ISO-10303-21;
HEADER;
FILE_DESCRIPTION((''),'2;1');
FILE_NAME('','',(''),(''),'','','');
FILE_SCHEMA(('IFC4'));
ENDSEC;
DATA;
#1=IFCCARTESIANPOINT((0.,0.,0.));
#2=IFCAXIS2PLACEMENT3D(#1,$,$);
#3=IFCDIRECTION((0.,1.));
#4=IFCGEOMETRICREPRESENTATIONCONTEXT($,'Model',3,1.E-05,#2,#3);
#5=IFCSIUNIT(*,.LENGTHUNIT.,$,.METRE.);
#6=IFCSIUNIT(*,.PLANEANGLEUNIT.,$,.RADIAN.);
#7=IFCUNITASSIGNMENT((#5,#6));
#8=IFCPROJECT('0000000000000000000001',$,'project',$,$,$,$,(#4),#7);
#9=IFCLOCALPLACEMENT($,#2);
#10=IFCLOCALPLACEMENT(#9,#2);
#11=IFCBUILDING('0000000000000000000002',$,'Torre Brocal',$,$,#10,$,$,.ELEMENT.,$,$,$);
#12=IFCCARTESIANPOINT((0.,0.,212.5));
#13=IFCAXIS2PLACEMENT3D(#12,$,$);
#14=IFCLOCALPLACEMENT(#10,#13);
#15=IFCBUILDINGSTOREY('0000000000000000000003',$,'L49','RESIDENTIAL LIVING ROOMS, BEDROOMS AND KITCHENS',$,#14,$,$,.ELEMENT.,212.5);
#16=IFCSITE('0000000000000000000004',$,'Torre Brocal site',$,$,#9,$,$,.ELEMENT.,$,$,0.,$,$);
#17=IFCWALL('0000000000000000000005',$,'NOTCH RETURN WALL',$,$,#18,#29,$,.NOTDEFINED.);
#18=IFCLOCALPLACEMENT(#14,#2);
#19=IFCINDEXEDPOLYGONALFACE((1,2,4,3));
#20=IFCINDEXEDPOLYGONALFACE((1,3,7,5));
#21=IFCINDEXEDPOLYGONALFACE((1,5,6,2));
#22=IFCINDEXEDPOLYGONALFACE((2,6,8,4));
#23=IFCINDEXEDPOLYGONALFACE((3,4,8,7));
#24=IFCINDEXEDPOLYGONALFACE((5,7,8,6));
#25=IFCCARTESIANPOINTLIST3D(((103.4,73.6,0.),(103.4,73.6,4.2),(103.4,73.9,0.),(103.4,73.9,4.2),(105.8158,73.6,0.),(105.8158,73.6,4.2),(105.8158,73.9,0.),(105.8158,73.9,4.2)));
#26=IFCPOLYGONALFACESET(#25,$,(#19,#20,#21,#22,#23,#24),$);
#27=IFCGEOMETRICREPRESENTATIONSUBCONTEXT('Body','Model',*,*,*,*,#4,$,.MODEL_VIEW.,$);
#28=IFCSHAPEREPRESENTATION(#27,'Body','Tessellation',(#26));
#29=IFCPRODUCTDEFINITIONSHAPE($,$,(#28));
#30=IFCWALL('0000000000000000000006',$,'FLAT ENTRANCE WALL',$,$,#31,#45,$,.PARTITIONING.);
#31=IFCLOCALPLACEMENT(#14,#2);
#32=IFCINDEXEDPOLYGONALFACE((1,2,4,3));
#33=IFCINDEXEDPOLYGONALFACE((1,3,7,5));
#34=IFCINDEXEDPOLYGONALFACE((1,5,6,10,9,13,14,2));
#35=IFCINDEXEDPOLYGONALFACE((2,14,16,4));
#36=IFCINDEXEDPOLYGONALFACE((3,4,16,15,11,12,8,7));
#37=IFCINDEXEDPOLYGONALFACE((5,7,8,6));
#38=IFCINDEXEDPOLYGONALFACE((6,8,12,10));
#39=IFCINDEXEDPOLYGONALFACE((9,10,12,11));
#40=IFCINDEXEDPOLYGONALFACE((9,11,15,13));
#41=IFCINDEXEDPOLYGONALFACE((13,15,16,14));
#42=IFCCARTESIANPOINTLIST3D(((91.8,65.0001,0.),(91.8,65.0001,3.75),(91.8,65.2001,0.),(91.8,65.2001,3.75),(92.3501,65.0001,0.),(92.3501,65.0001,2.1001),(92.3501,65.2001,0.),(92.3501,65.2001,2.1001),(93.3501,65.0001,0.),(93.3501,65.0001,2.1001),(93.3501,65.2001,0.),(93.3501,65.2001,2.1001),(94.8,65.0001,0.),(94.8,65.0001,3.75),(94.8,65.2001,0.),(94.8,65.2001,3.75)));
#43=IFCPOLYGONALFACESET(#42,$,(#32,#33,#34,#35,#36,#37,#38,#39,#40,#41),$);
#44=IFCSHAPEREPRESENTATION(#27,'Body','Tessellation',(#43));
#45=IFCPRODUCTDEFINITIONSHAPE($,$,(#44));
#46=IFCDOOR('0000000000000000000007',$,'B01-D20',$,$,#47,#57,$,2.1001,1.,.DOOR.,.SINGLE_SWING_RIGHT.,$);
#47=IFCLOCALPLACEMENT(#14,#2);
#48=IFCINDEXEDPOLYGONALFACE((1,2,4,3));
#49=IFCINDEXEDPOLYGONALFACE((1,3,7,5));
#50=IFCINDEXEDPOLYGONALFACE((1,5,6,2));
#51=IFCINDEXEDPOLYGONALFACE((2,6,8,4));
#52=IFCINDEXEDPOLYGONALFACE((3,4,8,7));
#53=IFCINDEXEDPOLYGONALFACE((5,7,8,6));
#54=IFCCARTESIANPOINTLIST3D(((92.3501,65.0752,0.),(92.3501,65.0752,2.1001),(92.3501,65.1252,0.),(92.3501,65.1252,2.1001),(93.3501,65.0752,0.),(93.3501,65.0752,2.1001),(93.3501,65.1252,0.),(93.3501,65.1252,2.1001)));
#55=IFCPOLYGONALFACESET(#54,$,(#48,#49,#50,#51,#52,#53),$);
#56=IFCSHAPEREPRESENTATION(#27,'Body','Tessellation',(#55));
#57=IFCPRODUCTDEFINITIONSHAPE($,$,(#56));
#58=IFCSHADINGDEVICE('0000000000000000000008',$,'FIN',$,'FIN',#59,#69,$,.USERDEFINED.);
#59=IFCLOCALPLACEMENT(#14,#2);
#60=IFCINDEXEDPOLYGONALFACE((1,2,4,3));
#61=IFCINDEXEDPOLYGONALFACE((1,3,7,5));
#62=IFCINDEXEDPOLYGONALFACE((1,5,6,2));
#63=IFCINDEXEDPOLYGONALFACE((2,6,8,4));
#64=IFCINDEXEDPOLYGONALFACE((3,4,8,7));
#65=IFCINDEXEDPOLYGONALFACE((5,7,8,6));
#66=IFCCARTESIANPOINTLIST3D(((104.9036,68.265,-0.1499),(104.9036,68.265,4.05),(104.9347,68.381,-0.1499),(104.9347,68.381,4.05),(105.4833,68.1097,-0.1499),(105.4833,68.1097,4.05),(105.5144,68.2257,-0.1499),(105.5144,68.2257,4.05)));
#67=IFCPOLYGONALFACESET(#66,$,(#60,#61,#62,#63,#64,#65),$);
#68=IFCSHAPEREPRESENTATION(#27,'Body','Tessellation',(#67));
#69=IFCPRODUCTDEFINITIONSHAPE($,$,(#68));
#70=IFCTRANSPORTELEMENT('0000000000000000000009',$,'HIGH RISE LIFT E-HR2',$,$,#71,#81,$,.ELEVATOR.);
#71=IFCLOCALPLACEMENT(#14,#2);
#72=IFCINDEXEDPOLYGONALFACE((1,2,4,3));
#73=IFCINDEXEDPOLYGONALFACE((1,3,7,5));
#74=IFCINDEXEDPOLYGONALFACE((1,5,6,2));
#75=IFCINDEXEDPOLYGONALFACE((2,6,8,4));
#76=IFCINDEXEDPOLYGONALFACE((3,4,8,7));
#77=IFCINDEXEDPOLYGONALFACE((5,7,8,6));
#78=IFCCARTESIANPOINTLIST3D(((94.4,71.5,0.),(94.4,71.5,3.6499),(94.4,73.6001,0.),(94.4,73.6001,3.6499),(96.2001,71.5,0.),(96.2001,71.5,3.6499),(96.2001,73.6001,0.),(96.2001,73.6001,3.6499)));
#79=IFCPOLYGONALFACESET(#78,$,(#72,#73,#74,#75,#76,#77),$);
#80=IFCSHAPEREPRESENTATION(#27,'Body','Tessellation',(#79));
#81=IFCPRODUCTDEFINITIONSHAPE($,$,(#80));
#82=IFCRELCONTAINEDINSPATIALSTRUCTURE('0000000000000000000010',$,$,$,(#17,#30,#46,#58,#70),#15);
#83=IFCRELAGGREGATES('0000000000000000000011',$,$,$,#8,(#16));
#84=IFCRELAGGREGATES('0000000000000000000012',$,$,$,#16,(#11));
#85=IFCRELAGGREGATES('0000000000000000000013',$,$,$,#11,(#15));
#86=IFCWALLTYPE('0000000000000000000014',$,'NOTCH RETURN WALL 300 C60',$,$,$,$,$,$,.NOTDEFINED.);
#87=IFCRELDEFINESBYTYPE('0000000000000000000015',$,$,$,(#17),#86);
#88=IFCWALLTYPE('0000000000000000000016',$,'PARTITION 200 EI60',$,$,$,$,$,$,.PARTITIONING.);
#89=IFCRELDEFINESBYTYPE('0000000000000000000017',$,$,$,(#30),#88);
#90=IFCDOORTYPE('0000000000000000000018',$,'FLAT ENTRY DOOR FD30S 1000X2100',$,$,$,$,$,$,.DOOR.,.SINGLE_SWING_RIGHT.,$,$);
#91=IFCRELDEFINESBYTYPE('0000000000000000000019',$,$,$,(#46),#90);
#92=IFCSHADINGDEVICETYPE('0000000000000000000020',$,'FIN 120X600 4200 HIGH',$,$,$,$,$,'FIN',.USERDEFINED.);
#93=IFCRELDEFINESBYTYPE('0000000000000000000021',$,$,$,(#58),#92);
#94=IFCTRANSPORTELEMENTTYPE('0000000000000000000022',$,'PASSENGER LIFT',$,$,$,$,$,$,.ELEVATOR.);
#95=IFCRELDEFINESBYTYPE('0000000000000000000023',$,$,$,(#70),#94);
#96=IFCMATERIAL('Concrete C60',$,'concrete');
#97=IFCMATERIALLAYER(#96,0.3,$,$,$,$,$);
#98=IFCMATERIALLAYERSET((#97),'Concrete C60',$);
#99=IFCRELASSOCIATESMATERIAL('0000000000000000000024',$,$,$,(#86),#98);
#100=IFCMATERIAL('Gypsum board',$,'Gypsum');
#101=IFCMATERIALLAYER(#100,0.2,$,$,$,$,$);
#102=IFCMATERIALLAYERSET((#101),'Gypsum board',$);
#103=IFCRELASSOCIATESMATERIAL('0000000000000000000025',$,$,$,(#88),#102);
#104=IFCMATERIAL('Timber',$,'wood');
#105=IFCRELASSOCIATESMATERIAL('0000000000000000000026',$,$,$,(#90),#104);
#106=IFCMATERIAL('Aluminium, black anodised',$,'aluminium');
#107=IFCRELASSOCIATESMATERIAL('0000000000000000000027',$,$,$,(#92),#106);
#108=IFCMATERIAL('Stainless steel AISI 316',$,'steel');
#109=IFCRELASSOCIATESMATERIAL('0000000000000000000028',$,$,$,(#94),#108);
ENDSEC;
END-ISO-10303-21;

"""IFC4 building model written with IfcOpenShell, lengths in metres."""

from ifc_helpers import new_model, si_unit, direction, frame, frame_2d, origin, origin_2d, place, context, subcontext, project, spatial, rectangle, extrude, material, layer, layer_set, material_profile, profile_set, type_object, element, fill, save


model = new_model("IFC4")

# Units and contexts
model_context = context("Model", 3, precision=1e-05, world=origin(), true_north=direction((0.0, 1.0)))
body_context = subcontext(model_context, "Body", "Model", "MODEL_VIEW")
ifc_project = project(units=[si_unit("LENGTHUNIT", "METRE"), si_unit("PLANEANGLEUNIT", "RADIAN")], contexts=[model_context])

# Site, building, storey
site_placement = place(None, origin())
site = spatial("IfcSite", under=ifc_project, at=site_placement, Name="Torre Brocal site", CompositionType="ELEMENT", RefElevation=0.0)
building_placement = place(site_placement, origin())
building = spatial("IfcBuilding", under=site, at=building_placement, Name="Torre Brocal", CompositionType="ELEMENT")
storey_placement = place(building_placement, frame((0.0, 0.0, 212.5)))
storey = spatial("IfcBuildingStorey", under=building, at=storey_placement, Name="L49", Description="RESIDENTIAL LIVING ROOMS, BEDROOMS AND KITCHENS", CompositionType="ELEMENT", Elevation=212.5)

# Wall
ifc_material_1 = material(Name="Concrete C60", Category="concrete")
ifc_layer_1 = layer(ifc_material_1, 0.3)
ifc_layer_set_1 = layer_set([ifc_layer_1], Name="Concrete C60")
wall_type_1 = type_object("IfcWallType", Name="NOTCH RETURN WALL 300 C60", PredefinedType="NOTDEFINED", material=ifc_layer_set_1)
wall_1_placement = place(storey_placement, frame((103.3999, 73.75, 0.0), z_axis=(0.0, 0.0, 1.0), x_axis=(1.0, 0.0, 0.0)))
element("IfcWall", 1, at=wall_1_placement, inside=storey, type_object=wall_type_1, Name="NOTCH RETURN WALL", PredefinedType="NOTDEFINED", context=body_context, shape_type="SweptSolid", body=[
    extrude(rectangle(XDim=2.4158, YDim=0.3, at=frame_2d((1.208, 0.0))), origin(), (0.0, 0.0, 1.0), 4.2),
])

# Wall, opening, door
ifc_material_2 = material(Name="Gypsum board", Category="Gypsum")
ifc_layer_2 = layer(ifc_material_2, 0.2)
ifc_layer_set_2 = layer_set([ifc_layer_2], Name="Gypsum board")
wall_type_2 = type_object("IfcWallType", Name="PARTITION 200 EI60", PredefinedType="PARTITIONING", material=ifc_layer_set_2)
wall_2_placement = place(storey_placement, frame((91.8, 65.1001, 0.0), z_axis=(0.0, 0.0, 1.0), x_axis=(1.0, 0.0, 0.0)))
wall_2 = element("IfcWall", 2, at=wall_2_placement, inside=storey, type_object=wall_type_2, Name="FLAT ENTRANCE WALL", PredefinedType="PARTITIONING", context=body_context, shape_type="SweptSolid", body=[
    extrude(rectangle(XDim=3.0, YDim=0.2, at=frame_2d((1.5, 0.0))), origin(), (0.0, 0.0, 1.0), 3.75),
])
opening_1_placement = place(wall_2_placement, frame((0.55, 0.0, 0.0)))
opening_1 = element("IfcOpeningElement", 3, at=opening_1_placement, cuts=wall_2, PredefinedType="OPENING", context=body_context, shape_type="SweptSolid", body=[
    extrude(rectangle(XDim=1.0, YDim=2.1001, at=frame_2d((0.5, 1.05))), frame((0.0, 0.1099, 0.0), z_axis=(0.0, -1.0, 0.0), x_axis=(1.0, 0.0, 0.0)), (0.0, 0.0, 1.0), 0.22),
])
ifc_material_3 = material(Name="Timber", Category="wood")
door_type_1 = type_object("IfcDoorType", Name="FLAT ENTRY DOOR FD30S 1000X2100", OperationType="SINGLE_SWING_RIGHT", PredefinedType="DOOR", material=ifc_material_3)
door_1_placement = place(opening_1_placement, frame((1.0, 0.0, 0.0), z_axis=(0.0, 0.0, 1.0), x_axis=(-1.0, 0.0, 0.0)))
door_1 = element("IfcDoor", 4, at=door_1_placement, inside=storey, type_object=door_type_1, Name="B01-D20", OperationType="SINGLE_SWING_RIGHT", OverallHeight=2.1001, OverallWidth=1.0, PredefinedType="DOOR", context=body_context, shape_type="SweptSolid", body=[
    extrude(rectangle(XDim=1.0, YDim=2.1001, at=frame_2d((0.5, 1.05))), frame((0.0, 0.0249, 0.0), z_axis=(0.0, -1.0, 0.0), x_axis=(1.0, 0.0, 0.0)), (0.0, 0.0, 1.0), 0.05),
])
fill(opening_1, door_1)

# Shading device
ifc_material_4 = material(Name="Aluminium, black anodised", Category="aluminium")
ifc_material_profile_1 = material_profile(ifc_material_4, rectangle(XDim=0.1201, YDim=0.6001, at=origin_2d()), Name="FIN 120X600 4200 HIGH")
ifc_profile_set_1 = profile_set([ifc_material_profile_1], Name="Aluminium, black anodised")
shading_device_type = type_object("IfcShadingDeviceType", Name="FIN 120X600 4200 HIGH", ElementType="FIN", PredefinedType="USERDEFINED", material=ifc_profile_set_1)
shading_device_placement = place(storey_placement, frame((105.209, 68.2454, -0.1499), z_axis=(0.0, 0.0, 1.0), x_axis=(0.258819, 0.965926, 0.0)))
element("IfcShadingDevice", 5, at=shading_device_placement, inside=storey, type_object=shading_device_type, Name="FIN", ObjectType="FIN", PredefinedType="USERDEFINED", context=body_context, shape_type="SweptSolid", body=[
    extrude(rectangle(XDim=0.1201, YDim=0.6001, at=origin_2d()), origin(), (0.0, 0.0, 1.0), 4.2),
])

# Transport element
ifc_material_5 = material(Name="Stainless steel AISI 316", Category="steel")
transport_element_type = type_object("IfcTransportElementType", Name="PASSENGER LIFT", PredefinedType="ELEVATOR", material=ifc_material_5)
transport_element_placement = place(storey_placement, frame((95.3, 72.55, 0.0), z_axis=(0.0, 0.0, 1.0), x_axis=(1.0, 0.0, 0.0)))
element("IfcTransportElement", 6, at=transport_element_placement, inside=storey, type_object=transport_element_type, Name="HIGH RISE LIFT E-HR2", PredefinedType="ELEVATOR", context=body_context, shape_type="SweptSolid", body=[
    extrude(rectangle(XDim=1.8, YDim=2.1001, at=origin_2d()), origin(), (0.0, 0.0, 1.0), 3.6499),
])

save(model, "model.ifc")
